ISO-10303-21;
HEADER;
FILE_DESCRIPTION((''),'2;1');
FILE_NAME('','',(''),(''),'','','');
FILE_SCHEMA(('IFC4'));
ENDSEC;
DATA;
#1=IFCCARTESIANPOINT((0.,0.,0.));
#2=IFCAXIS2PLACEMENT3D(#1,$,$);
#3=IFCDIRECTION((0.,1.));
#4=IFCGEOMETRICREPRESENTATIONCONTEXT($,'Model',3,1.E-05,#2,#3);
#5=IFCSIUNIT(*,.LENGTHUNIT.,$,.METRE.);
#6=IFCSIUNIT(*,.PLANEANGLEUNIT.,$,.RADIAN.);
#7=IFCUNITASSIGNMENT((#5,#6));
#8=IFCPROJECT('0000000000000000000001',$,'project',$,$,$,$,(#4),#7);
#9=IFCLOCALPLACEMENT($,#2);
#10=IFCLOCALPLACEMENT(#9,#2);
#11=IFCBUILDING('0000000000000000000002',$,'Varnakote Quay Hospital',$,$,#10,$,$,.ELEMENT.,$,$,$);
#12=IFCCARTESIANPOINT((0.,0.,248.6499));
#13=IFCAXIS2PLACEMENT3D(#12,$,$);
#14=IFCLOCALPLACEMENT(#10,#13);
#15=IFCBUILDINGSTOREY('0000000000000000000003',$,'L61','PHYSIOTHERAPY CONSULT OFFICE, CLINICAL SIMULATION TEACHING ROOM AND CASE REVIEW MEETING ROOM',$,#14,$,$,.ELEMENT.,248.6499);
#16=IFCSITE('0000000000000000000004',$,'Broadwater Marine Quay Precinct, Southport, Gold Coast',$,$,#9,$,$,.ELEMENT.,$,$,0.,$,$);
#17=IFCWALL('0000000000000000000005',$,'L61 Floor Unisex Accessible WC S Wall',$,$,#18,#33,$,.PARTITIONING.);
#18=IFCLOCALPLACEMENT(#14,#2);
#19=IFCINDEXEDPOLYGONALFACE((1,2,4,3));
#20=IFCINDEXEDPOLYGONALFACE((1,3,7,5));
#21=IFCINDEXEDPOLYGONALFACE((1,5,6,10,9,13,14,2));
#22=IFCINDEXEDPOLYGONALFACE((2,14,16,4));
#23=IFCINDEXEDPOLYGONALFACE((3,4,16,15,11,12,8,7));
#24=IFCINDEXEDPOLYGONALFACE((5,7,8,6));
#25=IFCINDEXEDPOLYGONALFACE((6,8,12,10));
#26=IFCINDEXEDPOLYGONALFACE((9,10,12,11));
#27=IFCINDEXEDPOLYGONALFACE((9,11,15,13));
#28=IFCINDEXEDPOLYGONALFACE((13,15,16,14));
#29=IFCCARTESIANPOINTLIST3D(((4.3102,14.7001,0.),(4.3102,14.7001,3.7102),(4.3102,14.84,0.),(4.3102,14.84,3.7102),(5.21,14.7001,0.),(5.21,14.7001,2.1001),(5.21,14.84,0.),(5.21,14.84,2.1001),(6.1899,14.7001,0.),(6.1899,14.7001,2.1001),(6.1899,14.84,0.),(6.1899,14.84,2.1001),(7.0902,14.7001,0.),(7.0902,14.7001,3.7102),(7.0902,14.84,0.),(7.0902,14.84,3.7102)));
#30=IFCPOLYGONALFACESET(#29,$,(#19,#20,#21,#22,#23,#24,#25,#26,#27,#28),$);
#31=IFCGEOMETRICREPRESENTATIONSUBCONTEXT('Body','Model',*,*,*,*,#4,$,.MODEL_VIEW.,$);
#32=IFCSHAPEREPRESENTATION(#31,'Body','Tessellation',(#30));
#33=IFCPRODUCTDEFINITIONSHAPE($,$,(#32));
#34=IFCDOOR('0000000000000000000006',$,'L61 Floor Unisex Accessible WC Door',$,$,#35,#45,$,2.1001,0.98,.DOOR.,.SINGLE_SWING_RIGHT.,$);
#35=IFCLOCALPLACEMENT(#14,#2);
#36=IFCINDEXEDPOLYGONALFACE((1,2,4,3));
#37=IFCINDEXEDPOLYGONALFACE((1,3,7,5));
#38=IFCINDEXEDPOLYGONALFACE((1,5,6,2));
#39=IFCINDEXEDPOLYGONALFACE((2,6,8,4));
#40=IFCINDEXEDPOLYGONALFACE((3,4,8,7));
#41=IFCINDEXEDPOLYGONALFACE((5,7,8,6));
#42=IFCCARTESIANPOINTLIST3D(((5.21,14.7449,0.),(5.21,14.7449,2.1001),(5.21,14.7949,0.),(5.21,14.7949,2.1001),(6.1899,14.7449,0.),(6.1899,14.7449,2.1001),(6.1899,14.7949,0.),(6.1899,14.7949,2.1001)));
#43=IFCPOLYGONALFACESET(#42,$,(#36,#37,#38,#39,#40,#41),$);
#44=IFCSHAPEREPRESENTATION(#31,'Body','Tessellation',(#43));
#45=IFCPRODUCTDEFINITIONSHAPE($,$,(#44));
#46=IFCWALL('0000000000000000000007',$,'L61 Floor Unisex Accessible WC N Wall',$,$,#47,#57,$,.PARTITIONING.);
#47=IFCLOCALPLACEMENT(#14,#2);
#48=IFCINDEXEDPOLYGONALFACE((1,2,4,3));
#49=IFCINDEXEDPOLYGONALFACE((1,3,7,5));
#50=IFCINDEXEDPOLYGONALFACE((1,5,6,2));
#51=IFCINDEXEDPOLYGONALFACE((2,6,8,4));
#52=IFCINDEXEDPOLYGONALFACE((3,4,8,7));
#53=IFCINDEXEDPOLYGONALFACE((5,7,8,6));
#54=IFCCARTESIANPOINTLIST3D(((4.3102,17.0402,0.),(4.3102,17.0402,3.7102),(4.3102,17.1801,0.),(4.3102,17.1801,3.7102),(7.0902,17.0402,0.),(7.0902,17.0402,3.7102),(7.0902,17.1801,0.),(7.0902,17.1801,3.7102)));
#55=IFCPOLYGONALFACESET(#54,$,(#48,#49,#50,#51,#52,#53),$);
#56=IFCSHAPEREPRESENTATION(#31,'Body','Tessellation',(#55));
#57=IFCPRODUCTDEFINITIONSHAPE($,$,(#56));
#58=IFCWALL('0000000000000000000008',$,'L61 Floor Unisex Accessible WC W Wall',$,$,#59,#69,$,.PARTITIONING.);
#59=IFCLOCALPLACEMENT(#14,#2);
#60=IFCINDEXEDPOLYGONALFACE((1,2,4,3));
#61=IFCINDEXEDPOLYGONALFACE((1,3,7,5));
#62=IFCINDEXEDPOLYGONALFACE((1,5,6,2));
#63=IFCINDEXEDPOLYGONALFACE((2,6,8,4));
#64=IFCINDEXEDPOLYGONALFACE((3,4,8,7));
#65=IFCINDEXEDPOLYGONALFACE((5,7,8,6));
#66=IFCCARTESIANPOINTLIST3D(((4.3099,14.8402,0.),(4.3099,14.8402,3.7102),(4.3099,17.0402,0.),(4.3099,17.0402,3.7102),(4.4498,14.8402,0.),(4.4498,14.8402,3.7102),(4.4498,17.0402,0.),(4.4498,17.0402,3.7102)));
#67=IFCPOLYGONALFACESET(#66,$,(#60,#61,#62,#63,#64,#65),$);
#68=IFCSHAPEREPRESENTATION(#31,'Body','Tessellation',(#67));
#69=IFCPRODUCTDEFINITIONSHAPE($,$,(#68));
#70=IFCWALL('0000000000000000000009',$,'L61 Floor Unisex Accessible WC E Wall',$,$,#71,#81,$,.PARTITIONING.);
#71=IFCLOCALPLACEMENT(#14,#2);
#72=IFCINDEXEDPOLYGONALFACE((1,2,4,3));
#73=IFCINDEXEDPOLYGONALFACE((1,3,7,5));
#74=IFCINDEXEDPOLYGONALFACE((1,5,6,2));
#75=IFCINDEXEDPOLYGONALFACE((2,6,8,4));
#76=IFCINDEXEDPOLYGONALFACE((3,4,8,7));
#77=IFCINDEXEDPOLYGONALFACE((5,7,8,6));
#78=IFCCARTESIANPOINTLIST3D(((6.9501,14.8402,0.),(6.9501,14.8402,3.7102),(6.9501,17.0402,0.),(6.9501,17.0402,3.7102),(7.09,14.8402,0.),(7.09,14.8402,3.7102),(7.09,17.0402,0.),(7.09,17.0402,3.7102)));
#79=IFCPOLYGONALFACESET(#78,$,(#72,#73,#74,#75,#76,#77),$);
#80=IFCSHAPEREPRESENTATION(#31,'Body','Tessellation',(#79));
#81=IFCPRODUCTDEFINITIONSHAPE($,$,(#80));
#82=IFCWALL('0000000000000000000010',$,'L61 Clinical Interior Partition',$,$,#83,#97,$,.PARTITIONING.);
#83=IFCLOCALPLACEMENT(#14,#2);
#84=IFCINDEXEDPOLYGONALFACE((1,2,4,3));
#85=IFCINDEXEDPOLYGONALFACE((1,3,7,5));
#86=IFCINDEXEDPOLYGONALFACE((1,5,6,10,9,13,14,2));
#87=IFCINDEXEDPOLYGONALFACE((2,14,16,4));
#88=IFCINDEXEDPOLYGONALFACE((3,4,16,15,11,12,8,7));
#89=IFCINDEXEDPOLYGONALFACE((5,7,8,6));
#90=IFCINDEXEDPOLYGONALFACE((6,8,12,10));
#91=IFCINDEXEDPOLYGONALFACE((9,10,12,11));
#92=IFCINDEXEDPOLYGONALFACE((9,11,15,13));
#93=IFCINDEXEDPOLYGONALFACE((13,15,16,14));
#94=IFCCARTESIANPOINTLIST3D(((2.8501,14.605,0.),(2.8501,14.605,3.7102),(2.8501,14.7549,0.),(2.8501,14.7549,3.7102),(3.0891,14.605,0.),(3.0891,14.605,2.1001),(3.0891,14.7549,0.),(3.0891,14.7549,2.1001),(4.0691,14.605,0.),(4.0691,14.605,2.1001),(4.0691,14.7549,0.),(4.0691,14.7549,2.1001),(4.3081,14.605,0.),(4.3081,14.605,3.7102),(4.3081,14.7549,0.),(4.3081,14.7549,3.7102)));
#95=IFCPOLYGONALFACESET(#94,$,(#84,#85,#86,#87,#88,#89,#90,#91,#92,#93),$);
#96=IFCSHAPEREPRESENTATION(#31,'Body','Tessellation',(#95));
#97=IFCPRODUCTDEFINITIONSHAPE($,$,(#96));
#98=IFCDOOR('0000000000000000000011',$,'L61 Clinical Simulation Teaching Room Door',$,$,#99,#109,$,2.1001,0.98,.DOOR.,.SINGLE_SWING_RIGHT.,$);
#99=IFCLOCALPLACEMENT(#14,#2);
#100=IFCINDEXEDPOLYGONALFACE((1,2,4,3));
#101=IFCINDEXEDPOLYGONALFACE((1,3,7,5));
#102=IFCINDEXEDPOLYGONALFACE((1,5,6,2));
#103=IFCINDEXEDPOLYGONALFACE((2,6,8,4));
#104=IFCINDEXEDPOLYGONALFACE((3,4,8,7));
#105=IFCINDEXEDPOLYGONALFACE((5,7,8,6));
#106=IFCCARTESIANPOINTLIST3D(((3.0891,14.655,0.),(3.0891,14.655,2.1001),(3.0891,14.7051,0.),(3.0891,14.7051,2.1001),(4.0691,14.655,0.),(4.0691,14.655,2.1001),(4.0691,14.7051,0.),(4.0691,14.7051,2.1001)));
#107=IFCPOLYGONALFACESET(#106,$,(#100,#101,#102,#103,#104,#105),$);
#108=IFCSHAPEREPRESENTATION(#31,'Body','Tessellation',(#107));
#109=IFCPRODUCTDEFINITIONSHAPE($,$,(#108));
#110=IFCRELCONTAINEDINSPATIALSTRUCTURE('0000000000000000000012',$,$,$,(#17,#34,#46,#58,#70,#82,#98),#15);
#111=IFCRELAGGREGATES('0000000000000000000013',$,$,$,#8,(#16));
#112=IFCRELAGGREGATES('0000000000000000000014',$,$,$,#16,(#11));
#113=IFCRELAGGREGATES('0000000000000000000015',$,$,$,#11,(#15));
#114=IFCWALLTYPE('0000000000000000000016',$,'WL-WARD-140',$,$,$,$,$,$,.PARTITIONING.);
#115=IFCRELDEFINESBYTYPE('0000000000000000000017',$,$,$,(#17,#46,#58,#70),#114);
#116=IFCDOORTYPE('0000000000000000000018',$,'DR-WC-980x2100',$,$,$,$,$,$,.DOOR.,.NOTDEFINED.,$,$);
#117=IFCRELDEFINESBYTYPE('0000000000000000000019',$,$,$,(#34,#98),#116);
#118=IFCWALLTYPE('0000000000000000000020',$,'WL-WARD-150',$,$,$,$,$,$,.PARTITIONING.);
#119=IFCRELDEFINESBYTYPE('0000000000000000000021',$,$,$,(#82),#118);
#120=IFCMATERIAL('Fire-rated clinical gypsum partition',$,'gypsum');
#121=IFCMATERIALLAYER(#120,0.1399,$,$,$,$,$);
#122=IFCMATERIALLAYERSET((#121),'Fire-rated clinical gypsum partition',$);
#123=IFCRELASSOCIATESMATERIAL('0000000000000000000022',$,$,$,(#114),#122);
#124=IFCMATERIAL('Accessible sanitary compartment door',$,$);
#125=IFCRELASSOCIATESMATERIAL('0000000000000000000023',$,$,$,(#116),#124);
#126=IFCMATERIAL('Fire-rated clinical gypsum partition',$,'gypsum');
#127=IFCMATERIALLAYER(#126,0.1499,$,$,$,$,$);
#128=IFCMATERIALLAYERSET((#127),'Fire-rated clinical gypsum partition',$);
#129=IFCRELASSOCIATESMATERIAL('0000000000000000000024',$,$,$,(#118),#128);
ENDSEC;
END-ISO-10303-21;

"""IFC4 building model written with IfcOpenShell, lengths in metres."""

from ifc_helpers import new_model, si_unit, direction, frame, frame_2d, origin, place, context, subcontext, project, spatial, rectangle, extrude, material, layer, layer_set, type_object, element, fill, save


model = new_model("IFC4")

# Units and contexts
model_context = context("Model", 3, precision=1e-05, world=origin(), true_north=direction((0.0, 1.0)))
body_context = subcontext(model_context, "Body", "Model", "MODEL_VIEW")
ifc_project = project(units=[si_unit("LENGTHUNIT", "METRE"), si_unit("PLANEANGLEUNIT", "RADIAN")], contexts=[model_context])

# Site, building, storey
site_placement = place(None, origin())
site = spatial("IfcSite", under=ifc_project, at=site_placement, Name="Broadwater Marine Quay Precinct, Southport, Gold Coast", CompositionType="ELEMENT", RefElevation=0.0)
building_placement = place(site_placement, origin())
building = spatial("IfcBuilding", under=site, at=building_placement, Name="Varnakote Quay Hospital", CompositionType="ELEMENT")
storey_placement = place(building_placement, frame((0.0, 0.0, 248.6499)))
storey = spatial("IfcBuildingStorey", under=building, at=storey_placement, Name="L61", Description="PHYSIOTHERAPY CONSULT OFFICE, CLINICAL SIMULATION TEACHING ROOM AND CASE REVIEW MEETING ROOM", CompositionType="ELEMENT", Elevation=248.6499)

# Wall, opening, door
ifc_material_1 = material(Name="Fire-rated clinical gypsum partition", Category="gypsum")
ifc_layer_1 = layer(ifc_material_1, 0.1399)
ifc_layer_set_1 = layer_set([ifc_layer_1], Name="Fire-rated clinical gypsum partition")
wall_type_1 = type_object("IfcWallType", Name="WL-WARD-140", PredefinedType="PARTITIONING", material=ifc_layer_set_1)
wall_1_placement = place(storey_placement, frame((4.3101, 14.77, 0.0), z_axis=(0.0, 0.0, 1.0), x_axis=(1.0, 0.0, 0.0)))
wall_1 = element("IfcWall", 1, at=wall_1_placement, inside=storey, type_object=wall_type_1, Name="L61 Floor Unisex Accessible WC S Wall", PredefinedType="PARTITIONING", context=body_context, shape_type="SweptSolid", body=[
    extrude(rectangle(XDim=2.78, YDim=0.1399, at=frame_2d((1.3901, 0.0))), origin(), (0.0, 0.0, 1.0), 3.7102),
])
opening_1_placement = place(wall_1_placement, frame((0.8999, 0.0, 0.0)))
opening_1 = element("IfcOpeningElement", 2, at=opening_1_placement, cuts=wall_1, PredefinedType="OPENING", context=body_context, shape_type="SweptSolid", body=[
    extrude(rectangle(XDim=0.98, YDim=2.1001, at=frame_2d((0.49, 1.05))), frame((0.0, 0.0798, 0.0), z_axis=(0.0, -1.0, 0.0), x_axis=(1.0, 0.0, 0.0)), (0.0, 0.0, 1.0), 0.1599),
])
ifc_material_2 = material(Name="Accessible sanitary compartment door")
door_type_1 = type_object("IfcDoorType", Name="DR-WC-980x2100", OperationType="NOTDEFINED", PredefinedType="DOOR", material=ifc_material_2)
door_1_placement = place(opening_1_placement, origin())
door_1 = element("IfcDoor", 3, at=door_1_placement, inside=storey, type_object=door_type_1, Name="L61 Floor Unisex Accessible WC Door", OperationType="SINGLE_SWING_RIGHT", OverallHeight=2.1001, OverallWidth=0.98, PredefinedType="DOOR", context=body_context, shape_type="SweptSolid", body=[
    extrude(rectangle(XDim=0.98, YDim=2.1001, at=frame_2d((0.49, 1.05))), frame((0.0, 0.0249, 0.0), z_axis=(0.0, -1.0, 0.0), x_axis=(1.0, 0.0, 0.0)), (0.0, 0.0, 1.0), 0.05),
])
fill(opening_1, door_1)

# Walls
wall_2_placement = place(storey_placement, frame((4.3101, 17.1101, 0.0), z_axis=(0.0, 0.0, 1.0), x_axis=(1.0, 0.0, 0.0)))
element("IfcWall", 4, at=wall_2_placement, inside=storey, type_object=wall_type_1, Name="L61 Floor Unisex Accessible WC N Wall", PredefinedType="PARTITIONING", context=body_context, shape_type="SweptSolid", body=[
    extrude(rectangle(XDim=2.78, YDim=0.1399, at=frame_2d((1.3901, 0.0))), origin(), (0.0, 0.0, 1.0), 3.7102),
])
for number, where, z_axis, x_axis, name in (
    (5, (4.3799, 14.8401, 0.0), (0.0, 0.0, 1.0), (0.0, 1.0, 0.0), "L61 Floor Unisex Accessible WC W Wall"),
    (6, (7.02, 14.8401, 0.0), (0.0, 0.0, 1.0), (0.0, 1.0, 0.0), "L61 Floor Unisex Accessible WC E Wall"),
):
    element("IfcWall", number, at=place(storey_placement, frame(where, z_axis=z_axis, x_axis=x_axis)), inside=storey, type_object=wall_type_1, Name=name, PredefinedType="PARTITIONING", context=body_context, shape_type="SweptSolid", body=[
        extrude(rectangle(XDim=2.2, YDim=0.1399, at=frame_2d((1.1001, 0.0))), origin(), (0.0, 0.0, 1.0), 3.7102),
    ])

# Wall, opening, door
ifc_material_3 = material(Name="Fire-rated clinical gypsum partition", Category="gypsum")
ifc_layer_2 = layer(ifc_material_3, 0.1499)
ifc_layer_set_2 = layer_set([ifc_layer_2], Name="Fire-rated clinical gypsum partition")
wall_type_2 = type_object("IfcWallType", Name="WL-WARD-150", PredefinedType="PARTITIONING", material=ifc_layer_set_2)
wall_3_placement = place(storey_placement, frame((4.3081, 14.6799, 0.0), z_axis=(0.0, 0.0, 1.0), x_axis=(-1.0, 0.0, 0.0)))
wall_3 = element("IfcWall", 7, at=wall_3_placement, inside=storey, type_object=wall_type_2, Name="L61 Clinical Interior Partition", PredefinedType="PARTITIONING", context=body_context, shape_type="SweptSolid", body=[
    extrude(rectangle(XDim=1.458, YDim=0.1499, at=frame_2d((0.729, 0.0))), origin(), (0.0, 0.0, 1.0), 3.7102),
])
opening_2_placement = place(wall_3_placement, frame((0.239, 0.0, 0.0)))
opening_2 = element("IfcOpeningElement", 8, at=opening_2_placement, cuts=wall_3, PredefinedType="OPENING", context=body_context, shape_type="SweptSolid", body=[
    extrude(rectangle(XDim=0.98, YDim=2.1001, at=frame_2d((0.49, 1.05))), frame((0.0, 0.085, 0.0), z_axis=(0.0, -1.0, 0.0), x_axis=(1.0, 0.0, 0.0)), (0.0, 0.0, 1.0), 0.1699),
])
door_2_placement = place(opening_2_placement, origin())
door_2 = element("IfcDoor", 9, at=door_2_placement, inside=storey, type_object=door_type_1, Name="L61 Clinical Simulation Teaching Room Door", OperationType="SINGLE_SWING_RIGHT", OverallHeight=2.1001, OverallWidth=0.98, PredefinedType="DOOR", context=body_context, shape_type="SweptSolid", body=[
    extrude(rectangle(XDim=0.98, YDim=2.1001, at=frame_2d((0.49, 1.05))), frame((0.0, 0.0249, 0.0), z_axis=(0.0, -1.0, 0.0), x_axis=(1.0, 0.0, 0.0)), (0.0, 0.0, 1.0), 0.05),
])
fill(opening_2, door_2)

save(model, "model.ifc")
